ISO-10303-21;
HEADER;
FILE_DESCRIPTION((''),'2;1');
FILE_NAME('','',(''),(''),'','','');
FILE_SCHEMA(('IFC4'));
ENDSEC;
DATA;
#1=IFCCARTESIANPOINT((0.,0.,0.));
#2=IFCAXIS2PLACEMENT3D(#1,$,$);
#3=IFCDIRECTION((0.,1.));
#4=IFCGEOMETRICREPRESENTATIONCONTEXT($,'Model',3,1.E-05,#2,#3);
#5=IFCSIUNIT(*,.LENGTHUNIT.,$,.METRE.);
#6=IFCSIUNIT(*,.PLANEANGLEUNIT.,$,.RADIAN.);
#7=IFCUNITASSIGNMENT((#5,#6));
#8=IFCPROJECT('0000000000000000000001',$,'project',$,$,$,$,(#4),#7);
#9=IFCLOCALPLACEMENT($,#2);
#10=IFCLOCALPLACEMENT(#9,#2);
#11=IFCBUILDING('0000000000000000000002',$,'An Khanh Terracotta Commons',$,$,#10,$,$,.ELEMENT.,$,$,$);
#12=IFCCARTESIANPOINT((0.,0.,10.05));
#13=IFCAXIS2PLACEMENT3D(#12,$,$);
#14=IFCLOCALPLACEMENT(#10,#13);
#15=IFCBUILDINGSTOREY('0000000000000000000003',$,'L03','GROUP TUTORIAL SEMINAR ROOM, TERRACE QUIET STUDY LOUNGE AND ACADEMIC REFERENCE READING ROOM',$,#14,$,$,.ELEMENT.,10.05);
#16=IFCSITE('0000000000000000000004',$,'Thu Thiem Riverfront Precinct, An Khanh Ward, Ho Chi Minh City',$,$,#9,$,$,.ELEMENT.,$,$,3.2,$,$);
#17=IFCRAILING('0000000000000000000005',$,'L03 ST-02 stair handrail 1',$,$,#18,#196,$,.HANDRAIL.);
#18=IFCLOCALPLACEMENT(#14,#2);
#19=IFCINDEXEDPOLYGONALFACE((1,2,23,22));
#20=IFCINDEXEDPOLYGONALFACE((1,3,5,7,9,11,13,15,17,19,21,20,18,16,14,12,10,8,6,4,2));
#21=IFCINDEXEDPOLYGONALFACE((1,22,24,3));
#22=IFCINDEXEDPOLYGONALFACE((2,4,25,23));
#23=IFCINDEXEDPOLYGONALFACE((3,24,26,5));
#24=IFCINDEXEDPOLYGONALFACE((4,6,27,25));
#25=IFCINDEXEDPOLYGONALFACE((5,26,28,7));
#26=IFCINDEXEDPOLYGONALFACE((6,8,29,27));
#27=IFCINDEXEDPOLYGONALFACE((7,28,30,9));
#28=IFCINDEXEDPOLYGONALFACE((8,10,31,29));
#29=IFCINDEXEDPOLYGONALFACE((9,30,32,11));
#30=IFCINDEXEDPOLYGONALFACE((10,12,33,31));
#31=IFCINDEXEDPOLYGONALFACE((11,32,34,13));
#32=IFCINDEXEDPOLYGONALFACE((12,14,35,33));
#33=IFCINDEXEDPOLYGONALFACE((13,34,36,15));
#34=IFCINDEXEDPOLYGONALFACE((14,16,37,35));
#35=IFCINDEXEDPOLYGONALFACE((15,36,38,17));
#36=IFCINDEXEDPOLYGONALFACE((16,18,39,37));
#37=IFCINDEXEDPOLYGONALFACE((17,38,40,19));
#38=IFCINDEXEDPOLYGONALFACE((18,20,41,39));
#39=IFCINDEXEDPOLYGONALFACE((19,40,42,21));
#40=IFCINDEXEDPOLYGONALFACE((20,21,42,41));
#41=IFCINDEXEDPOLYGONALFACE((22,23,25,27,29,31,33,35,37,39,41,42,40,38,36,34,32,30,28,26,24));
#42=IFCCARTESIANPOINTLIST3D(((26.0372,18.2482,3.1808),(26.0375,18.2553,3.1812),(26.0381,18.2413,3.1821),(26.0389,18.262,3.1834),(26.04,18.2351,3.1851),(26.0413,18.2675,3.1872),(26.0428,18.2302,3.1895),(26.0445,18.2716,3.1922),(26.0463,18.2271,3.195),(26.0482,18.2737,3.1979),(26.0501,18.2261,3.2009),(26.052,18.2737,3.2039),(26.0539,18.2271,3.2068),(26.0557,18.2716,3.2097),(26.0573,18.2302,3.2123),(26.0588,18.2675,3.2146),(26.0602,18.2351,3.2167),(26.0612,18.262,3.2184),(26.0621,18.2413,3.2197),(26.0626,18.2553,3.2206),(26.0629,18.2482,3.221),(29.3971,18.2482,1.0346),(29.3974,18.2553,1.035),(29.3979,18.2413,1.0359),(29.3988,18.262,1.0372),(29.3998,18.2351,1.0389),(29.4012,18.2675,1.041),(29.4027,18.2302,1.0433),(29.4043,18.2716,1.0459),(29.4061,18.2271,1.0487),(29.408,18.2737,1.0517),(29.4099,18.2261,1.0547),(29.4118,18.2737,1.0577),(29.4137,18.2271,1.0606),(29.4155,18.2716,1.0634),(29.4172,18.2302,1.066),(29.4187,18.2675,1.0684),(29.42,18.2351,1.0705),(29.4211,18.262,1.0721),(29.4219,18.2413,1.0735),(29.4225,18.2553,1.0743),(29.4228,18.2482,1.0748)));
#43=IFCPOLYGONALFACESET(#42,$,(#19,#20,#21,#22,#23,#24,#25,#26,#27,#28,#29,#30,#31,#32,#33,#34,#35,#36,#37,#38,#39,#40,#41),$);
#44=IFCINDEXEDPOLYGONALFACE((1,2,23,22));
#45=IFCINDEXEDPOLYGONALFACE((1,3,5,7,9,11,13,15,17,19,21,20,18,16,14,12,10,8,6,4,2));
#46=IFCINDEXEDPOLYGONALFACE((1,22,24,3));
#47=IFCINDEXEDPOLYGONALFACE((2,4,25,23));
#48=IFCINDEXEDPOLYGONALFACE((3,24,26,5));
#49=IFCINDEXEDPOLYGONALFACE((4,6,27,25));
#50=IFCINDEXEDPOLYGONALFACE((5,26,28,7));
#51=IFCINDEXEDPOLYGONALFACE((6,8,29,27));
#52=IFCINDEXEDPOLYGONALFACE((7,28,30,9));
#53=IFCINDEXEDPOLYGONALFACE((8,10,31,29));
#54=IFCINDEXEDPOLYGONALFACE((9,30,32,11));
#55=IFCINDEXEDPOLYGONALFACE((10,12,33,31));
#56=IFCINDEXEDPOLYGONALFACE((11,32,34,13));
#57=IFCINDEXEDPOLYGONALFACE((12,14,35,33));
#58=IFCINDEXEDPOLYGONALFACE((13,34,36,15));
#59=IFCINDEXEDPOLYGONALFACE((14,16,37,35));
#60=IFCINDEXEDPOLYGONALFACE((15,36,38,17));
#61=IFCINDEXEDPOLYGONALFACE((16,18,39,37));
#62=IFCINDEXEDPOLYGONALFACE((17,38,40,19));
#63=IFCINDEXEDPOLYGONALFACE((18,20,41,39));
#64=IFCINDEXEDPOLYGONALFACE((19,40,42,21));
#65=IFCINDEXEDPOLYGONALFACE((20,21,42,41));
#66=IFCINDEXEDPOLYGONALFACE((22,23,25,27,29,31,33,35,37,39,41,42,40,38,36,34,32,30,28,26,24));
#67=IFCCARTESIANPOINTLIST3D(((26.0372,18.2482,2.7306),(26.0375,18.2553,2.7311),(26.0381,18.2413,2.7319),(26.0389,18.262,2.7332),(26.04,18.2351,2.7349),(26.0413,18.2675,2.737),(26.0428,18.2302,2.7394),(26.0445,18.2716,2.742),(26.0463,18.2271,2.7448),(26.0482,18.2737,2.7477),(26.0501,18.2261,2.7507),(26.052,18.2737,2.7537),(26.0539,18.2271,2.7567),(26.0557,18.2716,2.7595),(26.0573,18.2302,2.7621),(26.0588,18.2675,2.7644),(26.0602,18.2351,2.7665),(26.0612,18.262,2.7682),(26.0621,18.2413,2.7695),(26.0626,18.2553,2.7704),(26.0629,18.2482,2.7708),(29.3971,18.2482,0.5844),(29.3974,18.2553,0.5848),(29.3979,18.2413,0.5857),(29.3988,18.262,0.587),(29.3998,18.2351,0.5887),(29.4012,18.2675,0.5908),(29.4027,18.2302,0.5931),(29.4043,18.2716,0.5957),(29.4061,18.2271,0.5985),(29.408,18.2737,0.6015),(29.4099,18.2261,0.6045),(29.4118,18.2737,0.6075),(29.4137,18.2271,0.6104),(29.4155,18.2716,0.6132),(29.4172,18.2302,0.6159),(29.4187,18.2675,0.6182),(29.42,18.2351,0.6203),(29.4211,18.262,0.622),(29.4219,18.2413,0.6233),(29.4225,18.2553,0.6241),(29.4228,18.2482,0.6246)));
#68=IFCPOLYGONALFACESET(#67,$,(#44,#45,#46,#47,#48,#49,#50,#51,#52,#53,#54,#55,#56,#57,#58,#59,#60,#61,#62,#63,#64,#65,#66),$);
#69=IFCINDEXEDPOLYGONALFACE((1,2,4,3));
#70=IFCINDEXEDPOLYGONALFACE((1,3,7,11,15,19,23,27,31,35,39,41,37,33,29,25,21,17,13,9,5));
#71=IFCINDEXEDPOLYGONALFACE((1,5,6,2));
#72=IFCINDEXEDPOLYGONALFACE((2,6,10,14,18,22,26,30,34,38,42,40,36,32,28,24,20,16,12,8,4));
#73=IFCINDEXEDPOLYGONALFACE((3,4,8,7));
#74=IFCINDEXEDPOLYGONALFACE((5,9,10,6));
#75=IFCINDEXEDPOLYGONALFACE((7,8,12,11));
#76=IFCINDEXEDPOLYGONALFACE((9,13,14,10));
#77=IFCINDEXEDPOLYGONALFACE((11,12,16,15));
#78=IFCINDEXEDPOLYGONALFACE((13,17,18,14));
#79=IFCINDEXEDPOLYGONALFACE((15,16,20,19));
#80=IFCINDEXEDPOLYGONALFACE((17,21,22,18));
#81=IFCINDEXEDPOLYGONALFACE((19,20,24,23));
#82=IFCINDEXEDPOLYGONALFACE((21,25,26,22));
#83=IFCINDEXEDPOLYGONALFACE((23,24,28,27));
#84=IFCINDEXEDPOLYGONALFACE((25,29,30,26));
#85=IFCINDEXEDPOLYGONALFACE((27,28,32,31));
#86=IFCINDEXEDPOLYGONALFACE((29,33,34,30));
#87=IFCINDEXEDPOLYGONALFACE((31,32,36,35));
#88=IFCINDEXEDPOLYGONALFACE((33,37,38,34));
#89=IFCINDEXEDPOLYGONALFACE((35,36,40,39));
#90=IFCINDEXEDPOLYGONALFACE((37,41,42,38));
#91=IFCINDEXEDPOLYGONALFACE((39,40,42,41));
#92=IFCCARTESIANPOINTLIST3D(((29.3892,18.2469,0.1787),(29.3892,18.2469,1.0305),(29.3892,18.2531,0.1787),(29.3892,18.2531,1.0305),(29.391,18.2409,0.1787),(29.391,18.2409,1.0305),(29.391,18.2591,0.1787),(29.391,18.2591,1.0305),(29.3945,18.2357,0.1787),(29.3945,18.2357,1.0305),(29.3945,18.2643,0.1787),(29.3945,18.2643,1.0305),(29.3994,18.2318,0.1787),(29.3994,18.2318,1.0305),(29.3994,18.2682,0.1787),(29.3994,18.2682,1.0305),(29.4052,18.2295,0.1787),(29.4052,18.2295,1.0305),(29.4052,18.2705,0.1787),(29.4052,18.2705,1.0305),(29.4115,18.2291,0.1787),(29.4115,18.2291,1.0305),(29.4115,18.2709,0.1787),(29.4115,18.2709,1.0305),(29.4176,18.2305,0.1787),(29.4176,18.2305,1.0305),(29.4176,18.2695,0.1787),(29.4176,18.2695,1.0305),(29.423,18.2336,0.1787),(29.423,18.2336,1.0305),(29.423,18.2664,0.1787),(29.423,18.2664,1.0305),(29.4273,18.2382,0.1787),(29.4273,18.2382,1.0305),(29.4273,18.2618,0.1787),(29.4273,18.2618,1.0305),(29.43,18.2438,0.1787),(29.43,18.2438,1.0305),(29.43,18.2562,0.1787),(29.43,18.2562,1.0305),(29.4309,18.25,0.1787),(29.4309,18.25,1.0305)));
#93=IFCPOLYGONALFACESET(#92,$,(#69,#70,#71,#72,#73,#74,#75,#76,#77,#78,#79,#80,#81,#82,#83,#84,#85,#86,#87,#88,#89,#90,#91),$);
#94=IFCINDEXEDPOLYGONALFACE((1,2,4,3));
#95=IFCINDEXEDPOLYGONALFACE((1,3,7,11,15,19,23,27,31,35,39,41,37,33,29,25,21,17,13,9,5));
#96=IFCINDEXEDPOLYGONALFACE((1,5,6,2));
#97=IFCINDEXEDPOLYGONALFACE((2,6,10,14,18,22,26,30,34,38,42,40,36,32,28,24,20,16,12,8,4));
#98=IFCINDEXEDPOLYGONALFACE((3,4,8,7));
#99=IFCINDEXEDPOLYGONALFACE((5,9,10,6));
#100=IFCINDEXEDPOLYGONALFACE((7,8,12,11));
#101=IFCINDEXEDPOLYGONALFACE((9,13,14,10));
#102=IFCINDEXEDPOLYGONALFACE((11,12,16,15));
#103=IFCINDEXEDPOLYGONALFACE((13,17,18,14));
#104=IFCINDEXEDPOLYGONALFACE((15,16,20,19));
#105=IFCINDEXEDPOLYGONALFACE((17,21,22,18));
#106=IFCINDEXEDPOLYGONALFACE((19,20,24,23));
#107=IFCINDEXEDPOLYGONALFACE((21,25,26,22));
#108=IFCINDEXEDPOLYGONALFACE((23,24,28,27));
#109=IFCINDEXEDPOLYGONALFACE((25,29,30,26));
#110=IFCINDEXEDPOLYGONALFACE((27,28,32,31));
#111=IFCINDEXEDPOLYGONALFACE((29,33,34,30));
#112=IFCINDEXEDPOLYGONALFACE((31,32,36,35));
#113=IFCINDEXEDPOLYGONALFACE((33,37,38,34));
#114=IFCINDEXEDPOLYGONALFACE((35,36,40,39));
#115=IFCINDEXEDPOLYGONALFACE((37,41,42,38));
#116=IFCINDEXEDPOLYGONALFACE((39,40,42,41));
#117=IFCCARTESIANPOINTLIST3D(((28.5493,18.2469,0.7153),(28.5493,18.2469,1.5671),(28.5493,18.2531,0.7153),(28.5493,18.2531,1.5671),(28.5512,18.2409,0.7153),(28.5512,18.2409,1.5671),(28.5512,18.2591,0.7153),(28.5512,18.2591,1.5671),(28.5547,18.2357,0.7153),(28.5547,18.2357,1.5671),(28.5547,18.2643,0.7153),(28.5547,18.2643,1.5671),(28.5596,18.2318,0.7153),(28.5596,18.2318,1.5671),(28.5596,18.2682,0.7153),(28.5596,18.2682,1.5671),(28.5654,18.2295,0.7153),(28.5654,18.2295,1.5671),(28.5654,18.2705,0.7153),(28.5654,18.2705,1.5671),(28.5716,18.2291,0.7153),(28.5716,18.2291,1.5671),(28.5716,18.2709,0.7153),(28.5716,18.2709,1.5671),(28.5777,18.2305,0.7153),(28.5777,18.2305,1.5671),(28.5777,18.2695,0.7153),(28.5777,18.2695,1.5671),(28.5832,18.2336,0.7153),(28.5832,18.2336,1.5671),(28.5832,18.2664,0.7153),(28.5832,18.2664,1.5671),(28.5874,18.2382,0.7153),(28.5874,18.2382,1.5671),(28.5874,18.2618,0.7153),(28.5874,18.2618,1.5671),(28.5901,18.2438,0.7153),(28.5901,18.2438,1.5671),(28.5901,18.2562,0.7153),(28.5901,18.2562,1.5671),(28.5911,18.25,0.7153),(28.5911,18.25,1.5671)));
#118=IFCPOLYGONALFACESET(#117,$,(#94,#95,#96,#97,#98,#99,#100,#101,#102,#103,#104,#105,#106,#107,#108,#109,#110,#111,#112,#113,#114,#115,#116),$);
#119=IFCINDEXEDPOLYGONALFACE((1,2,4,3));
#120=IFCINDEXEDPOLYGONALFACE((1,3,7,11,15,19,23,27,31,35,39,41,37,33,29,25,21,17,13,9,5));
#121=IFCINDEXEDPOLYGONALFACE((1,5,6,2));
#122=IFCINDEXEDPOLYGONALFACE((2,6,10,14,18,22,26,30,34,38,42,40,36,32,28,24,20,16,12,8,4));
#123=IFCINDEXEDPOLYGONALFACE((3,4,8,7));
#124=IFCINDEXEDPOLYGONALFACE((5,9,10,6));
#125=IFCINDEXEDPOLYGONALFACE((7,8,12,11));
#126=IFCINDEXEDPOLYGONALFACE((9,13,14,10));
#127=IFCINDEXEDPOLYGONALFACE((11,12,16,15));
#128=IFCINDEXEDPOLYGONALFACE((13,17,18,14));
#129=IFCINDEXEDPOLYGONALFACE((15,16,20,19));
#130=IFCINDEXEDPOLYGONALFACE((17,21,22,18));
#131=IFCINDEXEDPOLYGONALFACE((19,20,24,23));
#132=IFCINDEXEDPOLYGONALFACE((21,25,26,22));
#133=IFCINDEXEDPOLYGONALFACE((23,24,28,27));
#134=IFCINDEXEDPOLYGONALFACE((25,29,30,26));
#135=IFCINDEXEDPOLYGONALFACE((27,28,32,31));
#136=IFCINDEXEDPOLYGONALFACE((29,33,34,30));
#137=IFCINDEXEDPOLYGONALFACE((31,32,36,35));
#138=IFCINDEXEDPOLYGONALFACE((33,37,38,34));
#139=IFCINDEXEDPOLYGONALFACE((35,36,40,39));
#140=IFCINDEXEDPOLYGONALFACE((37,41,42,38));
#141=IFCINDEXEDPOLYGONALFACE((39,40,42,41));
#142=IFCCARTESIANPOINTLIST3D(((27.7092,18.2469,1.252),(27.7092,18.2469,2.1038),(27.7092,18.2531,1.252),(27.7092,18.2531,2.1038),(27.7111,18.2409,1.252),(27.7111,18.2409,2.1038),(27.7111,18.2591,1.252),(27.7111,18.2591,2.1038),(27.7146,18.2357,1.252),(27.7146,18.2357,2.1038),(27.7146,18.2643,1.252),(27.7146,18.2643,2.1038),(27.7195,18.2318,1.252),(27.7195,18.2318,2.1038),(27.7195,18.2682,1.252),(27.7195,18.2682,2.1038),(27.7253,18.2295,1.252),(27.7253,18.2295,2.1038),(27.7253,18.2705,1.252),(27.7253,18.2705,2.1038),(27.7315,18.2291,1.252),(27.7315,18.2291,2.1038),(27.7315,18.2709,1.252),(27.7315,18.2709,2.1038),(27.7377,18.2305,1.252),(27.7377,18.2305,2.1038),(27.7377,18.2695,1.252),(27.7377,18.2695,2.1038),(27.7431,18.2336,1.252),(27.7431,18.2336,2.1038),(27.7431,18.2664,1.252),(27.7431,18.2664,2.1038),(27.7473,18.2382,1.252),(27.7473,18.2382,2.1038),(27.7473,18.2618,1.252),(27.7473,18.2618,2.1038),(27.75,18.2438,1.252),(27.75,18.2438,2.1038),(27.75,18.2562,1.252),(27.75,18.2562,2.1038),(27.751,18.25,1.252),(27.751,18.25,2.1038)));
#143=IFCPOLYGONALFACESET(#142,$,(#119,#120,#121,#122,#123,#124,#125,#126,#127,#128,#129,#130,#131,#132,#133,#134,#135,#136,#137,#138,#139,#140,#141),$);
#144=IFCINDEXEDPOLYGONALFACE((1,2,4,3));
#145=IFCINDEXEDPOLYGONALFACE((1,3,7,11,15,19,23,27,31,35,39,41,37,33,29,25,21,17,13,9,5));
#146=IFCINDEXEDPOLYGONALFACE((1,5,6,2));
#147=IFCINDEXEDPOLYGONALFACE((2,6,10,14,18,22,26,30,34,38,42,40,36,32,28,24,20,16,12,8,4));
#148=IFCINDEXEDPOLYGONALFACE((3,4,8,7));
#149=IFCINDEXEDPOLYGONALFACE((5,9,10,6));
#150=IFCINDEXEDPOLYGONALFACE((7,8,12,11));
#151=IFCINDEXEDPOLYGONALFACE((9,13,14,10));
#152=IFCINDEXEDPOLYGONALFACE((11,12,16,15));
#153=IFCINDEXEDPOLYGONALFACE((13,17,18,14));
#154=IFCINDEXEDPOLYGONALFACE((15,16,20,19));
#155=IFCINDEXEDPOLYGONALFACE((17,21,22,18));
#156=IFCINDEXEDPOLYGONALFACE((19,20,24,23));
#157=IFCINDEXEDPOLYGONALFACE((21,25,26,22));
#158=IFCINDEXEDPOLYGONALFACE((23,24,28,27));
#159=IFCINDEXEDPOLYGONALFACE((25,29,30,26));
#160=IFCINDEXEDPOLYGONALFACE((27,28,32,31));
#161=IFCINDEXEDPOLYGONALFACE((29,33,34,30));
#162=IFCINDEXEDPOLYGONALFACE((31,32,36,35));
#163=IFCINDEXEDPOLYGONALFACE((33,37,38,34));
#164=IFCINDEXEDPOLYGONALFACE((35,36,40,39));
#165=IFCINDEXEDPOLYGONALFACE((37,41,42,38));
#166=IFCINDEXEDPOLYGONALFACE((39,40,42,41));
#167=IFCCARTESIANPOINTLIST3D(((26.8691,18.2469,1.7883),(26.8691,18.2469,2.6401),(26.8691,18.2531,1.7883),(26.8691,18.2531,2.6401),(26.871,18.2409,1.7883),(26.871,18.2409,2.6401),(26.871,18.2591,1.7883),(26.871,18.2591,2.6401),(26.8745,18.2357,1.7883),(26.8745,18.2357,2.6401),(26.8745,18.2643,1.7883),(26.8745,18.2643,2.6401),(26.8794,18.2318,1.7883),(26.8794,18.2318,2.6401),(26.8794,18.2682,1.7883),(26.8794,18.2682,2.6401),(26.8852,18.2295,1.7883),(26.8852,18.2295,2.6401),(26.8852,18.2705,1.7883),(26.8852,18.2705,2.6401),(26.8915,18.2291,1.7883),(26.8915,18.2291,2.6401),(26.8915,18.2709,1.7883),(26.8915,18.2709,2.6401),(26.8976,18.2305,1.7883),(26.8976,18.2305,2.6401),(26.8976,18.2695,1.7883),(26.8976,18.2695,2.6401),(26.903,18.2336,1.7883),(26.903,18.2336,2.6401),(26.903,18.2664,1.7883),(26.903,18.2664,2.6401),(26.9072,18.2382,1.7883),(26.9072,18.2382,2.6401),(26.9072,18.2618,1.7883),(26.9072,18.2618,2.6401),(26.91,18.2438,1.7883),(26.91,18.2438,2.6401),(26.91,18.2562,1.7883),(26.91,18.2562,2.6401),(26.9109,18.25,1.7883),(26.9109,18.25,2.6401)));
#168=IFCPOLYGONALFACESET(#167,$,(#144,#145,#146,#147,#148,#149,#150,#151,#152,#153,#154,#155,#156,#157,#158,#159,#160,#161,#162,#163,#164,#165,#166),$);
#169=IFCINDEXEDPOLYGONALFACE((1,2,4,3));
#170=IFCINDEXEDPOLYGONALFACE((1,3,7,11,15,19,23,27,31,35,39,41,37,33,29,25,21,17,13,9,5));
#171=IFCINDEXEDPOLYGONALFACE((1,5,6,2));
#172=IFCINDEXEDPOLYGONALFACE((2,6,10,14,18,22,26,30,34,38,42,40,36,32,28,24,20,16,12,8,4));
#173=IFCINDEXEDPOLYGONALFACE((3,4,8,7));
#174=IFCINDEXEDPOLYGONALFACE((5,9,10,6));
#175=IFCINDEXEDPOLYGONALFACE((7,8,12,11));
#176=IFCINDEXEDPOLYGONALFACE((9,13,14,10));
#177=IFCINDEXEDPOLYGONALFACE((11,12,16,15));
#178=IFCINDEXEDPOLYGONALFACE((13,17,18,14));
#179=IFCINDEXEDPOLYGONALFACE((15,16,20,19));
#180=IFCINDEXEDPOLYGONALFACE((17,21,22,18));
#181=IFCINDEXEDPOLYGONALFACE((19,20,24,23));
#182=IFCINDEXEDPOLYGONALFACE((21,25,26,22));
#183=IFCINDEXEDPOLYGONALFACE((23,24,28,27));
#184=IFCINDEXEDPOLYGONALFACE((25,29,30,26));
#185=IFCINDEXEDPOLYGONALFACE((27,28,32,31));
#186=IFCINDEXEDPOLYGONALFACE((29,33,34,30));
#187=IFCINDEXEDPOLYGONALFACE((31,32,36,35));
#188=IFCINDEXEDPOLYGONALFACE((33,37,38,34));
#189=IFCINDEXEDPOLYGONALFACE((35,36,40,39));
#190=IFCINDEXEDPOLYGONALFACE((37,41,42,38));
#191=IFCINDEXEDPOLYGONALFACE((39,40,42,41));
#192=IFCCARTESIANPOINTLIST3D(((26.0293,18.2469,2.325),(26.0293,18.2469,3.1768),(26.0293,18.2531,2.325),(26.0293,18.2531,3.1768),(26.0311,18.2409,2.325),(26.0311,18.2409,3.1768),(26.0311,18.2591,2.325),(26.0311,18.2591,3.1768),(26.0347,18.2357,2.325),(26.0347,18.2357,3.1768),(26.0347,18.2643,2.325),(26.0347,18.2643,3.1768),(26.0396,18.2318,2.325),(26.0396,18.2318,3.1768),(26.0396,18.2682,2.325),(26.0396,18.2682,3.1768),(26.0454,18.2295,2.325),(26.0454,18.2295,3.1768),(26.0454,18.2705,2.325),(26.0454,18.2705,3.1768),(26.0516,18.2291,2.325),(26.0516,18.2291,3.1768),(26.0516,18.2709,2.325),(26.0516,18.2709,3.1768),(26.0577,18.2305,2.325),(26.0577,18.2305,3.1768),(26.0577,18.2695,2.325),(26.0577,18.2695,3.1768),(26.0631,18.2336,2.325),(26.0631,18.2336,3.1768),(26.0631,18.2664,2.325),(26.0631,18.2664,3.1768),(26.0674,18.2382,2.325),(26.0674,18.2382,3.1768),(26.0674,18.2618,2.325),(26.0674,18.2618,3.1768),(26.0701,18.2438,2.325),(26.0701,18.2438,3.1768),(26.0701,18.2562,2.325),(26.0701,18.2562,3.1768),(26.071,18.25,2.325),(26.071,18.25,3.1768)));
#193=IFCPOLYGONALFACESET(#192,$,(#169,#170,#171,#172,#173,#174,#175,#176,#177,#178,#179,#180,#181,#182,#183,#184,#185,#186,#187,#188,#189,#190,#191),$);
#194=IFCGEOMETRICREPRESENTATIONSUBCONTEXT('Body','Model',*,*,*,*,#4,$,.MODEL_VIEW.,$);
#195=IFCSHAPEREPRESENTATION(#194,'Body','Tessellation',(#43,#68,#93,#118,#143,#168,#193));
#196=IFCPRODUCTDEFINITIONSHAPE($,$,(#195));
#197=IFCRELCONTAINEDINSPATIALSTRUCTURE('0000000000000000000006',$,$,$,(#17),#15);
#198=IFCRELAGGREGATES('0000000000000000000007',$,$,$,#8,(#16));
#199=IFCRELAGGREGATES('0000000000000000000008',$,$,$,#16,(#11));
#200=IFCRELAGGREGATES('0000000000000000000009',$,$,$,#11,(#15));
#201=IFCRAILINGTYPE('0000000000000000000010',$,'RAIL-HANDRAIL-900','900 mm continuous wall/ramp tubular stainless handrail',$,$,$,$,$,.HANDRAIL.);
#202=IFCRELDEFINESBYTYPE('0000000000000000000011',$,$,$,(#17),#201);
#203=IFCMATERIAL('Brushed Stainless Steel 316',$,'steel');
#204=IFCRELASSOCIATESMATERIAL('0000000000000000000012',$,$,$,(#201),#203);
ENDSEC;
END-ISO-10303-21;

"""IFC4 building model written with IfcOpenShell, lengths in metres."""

from ifc_helpers import new_model, si_unit, direction, frame, origin, origin_2d, place, context, subcontext, project, spatial, circle, extrude, material, type_object, element, save


model = new_model("IFC4")

# Units and contexts
model_context = context("Model", 3, precision=1e-05, world=origin(), true_north=direction((0.0, 1.0)))
body_context = subcontext(model_context, "Body", "Model", "MODEL_VIEW")
ifc_project = project(units=[si_unit("LENGTHUNIT", "METRE"), si_unit("PLANEANGLEUNIT", "RADIAN")], contexts=[model_context])

# Site, building, storey
site_placement = place(None, origin())
site = spatial("IfcSite", under=ifc_project, at=site_placement, Name="Thu Thiem Riverfront Precinct, An Khanh Ward, Ho Chi Minh City", CompositionType="ELEMENT", RefElevation=3.2)
building_placement = place(site_placement, origin())
building = spatial("IfcBuilding", under=site, at=building_placement, Name="An Khanh Terracotta Commons", CompositionType="ELEMENT")
storey_placement = place(building_placement, frame((0.0, 0.0, 10.05)))
storey = spatial("IfcBuildingStorey", under=building, at=storey_placement, Name="L03", Description="GROUP TUTORIAL SEMINAR ROOM, TERRACE QUIET STUDY LOUNGE AND ACADEMIC REFERENCE READING ROOM", CompositionType="ELEMENT", Elevation=10.05)

# Railing
ifc_material_1 = material(Name="Brushed Stainless Steel 316", Category="steel")
railing_type_1 = type_object("IfcRailingType", Name="RAIL-HANDRAIL-900", Description="900 mm continuous wall/ramp tubular stainless handrail", PredefinedType="HANDRAIL", material=ifc_material_1)
railing_1_placement = place(storey_placement, frame((29.4099, 18.25, 0.1787)))
element("IfcRailing", 1, at=railing_1_placement, inside=storey, type_object=railing_type_1, Name="L03 ST-02 stair handrail 1", PredefinedType="HANDRAIL", context=body_context, shape_type="SweptSolid", body=[
    extrude(circle(Radius=0.0239, at=origin_2d()), frame((0.0, 0.0, 0.876), z_axis=(-0.842735, 0.0, 0.538329), x_axis=(0.0, -1.0, 0.0)), (0.0, 0.0, 1.0), 3.9868),
    extrude(circle(Radius=0.0239, at=origin_2d()), frame((0.0, 0.0, 0.4258), z_axis=(-0.842735, 0.0, 0.538329), x_axis=(0.0, -1.0, 0.0)), (0.0, 0.0, 1.0), 3.9868),
    extrude(circle(Radius=0.021, at=origin_2d()), origin(), (0.0, 0.0, 1.0), 0.8518),
    extrude(circle(Radius=0.021, at=origin_2d()), frame((-0.8398, 0.0, 0.5366)), (0.0, 0.0, 1.0), 0.8518),
    extrude(circle(Radius=0.021, at=origin_2d()), frame((-1.6799, 0.0, 1.0732)), (0.0, 0.0, 1.0), 0.8518),
    extrude(circle(Radius=0.021, at=origin_2d()), frame((-2.52, 0.0, 1.6096)), (0.0, 0.0, 1.0), 0.8518),
    extrude(circle(Radius=0.021, at=origin_2d()), frame((-3.3599, 0.0, 2.1462)), (0.0, 0.0, 1.0), 0.8518),
])

save(model, "model.ifc")
